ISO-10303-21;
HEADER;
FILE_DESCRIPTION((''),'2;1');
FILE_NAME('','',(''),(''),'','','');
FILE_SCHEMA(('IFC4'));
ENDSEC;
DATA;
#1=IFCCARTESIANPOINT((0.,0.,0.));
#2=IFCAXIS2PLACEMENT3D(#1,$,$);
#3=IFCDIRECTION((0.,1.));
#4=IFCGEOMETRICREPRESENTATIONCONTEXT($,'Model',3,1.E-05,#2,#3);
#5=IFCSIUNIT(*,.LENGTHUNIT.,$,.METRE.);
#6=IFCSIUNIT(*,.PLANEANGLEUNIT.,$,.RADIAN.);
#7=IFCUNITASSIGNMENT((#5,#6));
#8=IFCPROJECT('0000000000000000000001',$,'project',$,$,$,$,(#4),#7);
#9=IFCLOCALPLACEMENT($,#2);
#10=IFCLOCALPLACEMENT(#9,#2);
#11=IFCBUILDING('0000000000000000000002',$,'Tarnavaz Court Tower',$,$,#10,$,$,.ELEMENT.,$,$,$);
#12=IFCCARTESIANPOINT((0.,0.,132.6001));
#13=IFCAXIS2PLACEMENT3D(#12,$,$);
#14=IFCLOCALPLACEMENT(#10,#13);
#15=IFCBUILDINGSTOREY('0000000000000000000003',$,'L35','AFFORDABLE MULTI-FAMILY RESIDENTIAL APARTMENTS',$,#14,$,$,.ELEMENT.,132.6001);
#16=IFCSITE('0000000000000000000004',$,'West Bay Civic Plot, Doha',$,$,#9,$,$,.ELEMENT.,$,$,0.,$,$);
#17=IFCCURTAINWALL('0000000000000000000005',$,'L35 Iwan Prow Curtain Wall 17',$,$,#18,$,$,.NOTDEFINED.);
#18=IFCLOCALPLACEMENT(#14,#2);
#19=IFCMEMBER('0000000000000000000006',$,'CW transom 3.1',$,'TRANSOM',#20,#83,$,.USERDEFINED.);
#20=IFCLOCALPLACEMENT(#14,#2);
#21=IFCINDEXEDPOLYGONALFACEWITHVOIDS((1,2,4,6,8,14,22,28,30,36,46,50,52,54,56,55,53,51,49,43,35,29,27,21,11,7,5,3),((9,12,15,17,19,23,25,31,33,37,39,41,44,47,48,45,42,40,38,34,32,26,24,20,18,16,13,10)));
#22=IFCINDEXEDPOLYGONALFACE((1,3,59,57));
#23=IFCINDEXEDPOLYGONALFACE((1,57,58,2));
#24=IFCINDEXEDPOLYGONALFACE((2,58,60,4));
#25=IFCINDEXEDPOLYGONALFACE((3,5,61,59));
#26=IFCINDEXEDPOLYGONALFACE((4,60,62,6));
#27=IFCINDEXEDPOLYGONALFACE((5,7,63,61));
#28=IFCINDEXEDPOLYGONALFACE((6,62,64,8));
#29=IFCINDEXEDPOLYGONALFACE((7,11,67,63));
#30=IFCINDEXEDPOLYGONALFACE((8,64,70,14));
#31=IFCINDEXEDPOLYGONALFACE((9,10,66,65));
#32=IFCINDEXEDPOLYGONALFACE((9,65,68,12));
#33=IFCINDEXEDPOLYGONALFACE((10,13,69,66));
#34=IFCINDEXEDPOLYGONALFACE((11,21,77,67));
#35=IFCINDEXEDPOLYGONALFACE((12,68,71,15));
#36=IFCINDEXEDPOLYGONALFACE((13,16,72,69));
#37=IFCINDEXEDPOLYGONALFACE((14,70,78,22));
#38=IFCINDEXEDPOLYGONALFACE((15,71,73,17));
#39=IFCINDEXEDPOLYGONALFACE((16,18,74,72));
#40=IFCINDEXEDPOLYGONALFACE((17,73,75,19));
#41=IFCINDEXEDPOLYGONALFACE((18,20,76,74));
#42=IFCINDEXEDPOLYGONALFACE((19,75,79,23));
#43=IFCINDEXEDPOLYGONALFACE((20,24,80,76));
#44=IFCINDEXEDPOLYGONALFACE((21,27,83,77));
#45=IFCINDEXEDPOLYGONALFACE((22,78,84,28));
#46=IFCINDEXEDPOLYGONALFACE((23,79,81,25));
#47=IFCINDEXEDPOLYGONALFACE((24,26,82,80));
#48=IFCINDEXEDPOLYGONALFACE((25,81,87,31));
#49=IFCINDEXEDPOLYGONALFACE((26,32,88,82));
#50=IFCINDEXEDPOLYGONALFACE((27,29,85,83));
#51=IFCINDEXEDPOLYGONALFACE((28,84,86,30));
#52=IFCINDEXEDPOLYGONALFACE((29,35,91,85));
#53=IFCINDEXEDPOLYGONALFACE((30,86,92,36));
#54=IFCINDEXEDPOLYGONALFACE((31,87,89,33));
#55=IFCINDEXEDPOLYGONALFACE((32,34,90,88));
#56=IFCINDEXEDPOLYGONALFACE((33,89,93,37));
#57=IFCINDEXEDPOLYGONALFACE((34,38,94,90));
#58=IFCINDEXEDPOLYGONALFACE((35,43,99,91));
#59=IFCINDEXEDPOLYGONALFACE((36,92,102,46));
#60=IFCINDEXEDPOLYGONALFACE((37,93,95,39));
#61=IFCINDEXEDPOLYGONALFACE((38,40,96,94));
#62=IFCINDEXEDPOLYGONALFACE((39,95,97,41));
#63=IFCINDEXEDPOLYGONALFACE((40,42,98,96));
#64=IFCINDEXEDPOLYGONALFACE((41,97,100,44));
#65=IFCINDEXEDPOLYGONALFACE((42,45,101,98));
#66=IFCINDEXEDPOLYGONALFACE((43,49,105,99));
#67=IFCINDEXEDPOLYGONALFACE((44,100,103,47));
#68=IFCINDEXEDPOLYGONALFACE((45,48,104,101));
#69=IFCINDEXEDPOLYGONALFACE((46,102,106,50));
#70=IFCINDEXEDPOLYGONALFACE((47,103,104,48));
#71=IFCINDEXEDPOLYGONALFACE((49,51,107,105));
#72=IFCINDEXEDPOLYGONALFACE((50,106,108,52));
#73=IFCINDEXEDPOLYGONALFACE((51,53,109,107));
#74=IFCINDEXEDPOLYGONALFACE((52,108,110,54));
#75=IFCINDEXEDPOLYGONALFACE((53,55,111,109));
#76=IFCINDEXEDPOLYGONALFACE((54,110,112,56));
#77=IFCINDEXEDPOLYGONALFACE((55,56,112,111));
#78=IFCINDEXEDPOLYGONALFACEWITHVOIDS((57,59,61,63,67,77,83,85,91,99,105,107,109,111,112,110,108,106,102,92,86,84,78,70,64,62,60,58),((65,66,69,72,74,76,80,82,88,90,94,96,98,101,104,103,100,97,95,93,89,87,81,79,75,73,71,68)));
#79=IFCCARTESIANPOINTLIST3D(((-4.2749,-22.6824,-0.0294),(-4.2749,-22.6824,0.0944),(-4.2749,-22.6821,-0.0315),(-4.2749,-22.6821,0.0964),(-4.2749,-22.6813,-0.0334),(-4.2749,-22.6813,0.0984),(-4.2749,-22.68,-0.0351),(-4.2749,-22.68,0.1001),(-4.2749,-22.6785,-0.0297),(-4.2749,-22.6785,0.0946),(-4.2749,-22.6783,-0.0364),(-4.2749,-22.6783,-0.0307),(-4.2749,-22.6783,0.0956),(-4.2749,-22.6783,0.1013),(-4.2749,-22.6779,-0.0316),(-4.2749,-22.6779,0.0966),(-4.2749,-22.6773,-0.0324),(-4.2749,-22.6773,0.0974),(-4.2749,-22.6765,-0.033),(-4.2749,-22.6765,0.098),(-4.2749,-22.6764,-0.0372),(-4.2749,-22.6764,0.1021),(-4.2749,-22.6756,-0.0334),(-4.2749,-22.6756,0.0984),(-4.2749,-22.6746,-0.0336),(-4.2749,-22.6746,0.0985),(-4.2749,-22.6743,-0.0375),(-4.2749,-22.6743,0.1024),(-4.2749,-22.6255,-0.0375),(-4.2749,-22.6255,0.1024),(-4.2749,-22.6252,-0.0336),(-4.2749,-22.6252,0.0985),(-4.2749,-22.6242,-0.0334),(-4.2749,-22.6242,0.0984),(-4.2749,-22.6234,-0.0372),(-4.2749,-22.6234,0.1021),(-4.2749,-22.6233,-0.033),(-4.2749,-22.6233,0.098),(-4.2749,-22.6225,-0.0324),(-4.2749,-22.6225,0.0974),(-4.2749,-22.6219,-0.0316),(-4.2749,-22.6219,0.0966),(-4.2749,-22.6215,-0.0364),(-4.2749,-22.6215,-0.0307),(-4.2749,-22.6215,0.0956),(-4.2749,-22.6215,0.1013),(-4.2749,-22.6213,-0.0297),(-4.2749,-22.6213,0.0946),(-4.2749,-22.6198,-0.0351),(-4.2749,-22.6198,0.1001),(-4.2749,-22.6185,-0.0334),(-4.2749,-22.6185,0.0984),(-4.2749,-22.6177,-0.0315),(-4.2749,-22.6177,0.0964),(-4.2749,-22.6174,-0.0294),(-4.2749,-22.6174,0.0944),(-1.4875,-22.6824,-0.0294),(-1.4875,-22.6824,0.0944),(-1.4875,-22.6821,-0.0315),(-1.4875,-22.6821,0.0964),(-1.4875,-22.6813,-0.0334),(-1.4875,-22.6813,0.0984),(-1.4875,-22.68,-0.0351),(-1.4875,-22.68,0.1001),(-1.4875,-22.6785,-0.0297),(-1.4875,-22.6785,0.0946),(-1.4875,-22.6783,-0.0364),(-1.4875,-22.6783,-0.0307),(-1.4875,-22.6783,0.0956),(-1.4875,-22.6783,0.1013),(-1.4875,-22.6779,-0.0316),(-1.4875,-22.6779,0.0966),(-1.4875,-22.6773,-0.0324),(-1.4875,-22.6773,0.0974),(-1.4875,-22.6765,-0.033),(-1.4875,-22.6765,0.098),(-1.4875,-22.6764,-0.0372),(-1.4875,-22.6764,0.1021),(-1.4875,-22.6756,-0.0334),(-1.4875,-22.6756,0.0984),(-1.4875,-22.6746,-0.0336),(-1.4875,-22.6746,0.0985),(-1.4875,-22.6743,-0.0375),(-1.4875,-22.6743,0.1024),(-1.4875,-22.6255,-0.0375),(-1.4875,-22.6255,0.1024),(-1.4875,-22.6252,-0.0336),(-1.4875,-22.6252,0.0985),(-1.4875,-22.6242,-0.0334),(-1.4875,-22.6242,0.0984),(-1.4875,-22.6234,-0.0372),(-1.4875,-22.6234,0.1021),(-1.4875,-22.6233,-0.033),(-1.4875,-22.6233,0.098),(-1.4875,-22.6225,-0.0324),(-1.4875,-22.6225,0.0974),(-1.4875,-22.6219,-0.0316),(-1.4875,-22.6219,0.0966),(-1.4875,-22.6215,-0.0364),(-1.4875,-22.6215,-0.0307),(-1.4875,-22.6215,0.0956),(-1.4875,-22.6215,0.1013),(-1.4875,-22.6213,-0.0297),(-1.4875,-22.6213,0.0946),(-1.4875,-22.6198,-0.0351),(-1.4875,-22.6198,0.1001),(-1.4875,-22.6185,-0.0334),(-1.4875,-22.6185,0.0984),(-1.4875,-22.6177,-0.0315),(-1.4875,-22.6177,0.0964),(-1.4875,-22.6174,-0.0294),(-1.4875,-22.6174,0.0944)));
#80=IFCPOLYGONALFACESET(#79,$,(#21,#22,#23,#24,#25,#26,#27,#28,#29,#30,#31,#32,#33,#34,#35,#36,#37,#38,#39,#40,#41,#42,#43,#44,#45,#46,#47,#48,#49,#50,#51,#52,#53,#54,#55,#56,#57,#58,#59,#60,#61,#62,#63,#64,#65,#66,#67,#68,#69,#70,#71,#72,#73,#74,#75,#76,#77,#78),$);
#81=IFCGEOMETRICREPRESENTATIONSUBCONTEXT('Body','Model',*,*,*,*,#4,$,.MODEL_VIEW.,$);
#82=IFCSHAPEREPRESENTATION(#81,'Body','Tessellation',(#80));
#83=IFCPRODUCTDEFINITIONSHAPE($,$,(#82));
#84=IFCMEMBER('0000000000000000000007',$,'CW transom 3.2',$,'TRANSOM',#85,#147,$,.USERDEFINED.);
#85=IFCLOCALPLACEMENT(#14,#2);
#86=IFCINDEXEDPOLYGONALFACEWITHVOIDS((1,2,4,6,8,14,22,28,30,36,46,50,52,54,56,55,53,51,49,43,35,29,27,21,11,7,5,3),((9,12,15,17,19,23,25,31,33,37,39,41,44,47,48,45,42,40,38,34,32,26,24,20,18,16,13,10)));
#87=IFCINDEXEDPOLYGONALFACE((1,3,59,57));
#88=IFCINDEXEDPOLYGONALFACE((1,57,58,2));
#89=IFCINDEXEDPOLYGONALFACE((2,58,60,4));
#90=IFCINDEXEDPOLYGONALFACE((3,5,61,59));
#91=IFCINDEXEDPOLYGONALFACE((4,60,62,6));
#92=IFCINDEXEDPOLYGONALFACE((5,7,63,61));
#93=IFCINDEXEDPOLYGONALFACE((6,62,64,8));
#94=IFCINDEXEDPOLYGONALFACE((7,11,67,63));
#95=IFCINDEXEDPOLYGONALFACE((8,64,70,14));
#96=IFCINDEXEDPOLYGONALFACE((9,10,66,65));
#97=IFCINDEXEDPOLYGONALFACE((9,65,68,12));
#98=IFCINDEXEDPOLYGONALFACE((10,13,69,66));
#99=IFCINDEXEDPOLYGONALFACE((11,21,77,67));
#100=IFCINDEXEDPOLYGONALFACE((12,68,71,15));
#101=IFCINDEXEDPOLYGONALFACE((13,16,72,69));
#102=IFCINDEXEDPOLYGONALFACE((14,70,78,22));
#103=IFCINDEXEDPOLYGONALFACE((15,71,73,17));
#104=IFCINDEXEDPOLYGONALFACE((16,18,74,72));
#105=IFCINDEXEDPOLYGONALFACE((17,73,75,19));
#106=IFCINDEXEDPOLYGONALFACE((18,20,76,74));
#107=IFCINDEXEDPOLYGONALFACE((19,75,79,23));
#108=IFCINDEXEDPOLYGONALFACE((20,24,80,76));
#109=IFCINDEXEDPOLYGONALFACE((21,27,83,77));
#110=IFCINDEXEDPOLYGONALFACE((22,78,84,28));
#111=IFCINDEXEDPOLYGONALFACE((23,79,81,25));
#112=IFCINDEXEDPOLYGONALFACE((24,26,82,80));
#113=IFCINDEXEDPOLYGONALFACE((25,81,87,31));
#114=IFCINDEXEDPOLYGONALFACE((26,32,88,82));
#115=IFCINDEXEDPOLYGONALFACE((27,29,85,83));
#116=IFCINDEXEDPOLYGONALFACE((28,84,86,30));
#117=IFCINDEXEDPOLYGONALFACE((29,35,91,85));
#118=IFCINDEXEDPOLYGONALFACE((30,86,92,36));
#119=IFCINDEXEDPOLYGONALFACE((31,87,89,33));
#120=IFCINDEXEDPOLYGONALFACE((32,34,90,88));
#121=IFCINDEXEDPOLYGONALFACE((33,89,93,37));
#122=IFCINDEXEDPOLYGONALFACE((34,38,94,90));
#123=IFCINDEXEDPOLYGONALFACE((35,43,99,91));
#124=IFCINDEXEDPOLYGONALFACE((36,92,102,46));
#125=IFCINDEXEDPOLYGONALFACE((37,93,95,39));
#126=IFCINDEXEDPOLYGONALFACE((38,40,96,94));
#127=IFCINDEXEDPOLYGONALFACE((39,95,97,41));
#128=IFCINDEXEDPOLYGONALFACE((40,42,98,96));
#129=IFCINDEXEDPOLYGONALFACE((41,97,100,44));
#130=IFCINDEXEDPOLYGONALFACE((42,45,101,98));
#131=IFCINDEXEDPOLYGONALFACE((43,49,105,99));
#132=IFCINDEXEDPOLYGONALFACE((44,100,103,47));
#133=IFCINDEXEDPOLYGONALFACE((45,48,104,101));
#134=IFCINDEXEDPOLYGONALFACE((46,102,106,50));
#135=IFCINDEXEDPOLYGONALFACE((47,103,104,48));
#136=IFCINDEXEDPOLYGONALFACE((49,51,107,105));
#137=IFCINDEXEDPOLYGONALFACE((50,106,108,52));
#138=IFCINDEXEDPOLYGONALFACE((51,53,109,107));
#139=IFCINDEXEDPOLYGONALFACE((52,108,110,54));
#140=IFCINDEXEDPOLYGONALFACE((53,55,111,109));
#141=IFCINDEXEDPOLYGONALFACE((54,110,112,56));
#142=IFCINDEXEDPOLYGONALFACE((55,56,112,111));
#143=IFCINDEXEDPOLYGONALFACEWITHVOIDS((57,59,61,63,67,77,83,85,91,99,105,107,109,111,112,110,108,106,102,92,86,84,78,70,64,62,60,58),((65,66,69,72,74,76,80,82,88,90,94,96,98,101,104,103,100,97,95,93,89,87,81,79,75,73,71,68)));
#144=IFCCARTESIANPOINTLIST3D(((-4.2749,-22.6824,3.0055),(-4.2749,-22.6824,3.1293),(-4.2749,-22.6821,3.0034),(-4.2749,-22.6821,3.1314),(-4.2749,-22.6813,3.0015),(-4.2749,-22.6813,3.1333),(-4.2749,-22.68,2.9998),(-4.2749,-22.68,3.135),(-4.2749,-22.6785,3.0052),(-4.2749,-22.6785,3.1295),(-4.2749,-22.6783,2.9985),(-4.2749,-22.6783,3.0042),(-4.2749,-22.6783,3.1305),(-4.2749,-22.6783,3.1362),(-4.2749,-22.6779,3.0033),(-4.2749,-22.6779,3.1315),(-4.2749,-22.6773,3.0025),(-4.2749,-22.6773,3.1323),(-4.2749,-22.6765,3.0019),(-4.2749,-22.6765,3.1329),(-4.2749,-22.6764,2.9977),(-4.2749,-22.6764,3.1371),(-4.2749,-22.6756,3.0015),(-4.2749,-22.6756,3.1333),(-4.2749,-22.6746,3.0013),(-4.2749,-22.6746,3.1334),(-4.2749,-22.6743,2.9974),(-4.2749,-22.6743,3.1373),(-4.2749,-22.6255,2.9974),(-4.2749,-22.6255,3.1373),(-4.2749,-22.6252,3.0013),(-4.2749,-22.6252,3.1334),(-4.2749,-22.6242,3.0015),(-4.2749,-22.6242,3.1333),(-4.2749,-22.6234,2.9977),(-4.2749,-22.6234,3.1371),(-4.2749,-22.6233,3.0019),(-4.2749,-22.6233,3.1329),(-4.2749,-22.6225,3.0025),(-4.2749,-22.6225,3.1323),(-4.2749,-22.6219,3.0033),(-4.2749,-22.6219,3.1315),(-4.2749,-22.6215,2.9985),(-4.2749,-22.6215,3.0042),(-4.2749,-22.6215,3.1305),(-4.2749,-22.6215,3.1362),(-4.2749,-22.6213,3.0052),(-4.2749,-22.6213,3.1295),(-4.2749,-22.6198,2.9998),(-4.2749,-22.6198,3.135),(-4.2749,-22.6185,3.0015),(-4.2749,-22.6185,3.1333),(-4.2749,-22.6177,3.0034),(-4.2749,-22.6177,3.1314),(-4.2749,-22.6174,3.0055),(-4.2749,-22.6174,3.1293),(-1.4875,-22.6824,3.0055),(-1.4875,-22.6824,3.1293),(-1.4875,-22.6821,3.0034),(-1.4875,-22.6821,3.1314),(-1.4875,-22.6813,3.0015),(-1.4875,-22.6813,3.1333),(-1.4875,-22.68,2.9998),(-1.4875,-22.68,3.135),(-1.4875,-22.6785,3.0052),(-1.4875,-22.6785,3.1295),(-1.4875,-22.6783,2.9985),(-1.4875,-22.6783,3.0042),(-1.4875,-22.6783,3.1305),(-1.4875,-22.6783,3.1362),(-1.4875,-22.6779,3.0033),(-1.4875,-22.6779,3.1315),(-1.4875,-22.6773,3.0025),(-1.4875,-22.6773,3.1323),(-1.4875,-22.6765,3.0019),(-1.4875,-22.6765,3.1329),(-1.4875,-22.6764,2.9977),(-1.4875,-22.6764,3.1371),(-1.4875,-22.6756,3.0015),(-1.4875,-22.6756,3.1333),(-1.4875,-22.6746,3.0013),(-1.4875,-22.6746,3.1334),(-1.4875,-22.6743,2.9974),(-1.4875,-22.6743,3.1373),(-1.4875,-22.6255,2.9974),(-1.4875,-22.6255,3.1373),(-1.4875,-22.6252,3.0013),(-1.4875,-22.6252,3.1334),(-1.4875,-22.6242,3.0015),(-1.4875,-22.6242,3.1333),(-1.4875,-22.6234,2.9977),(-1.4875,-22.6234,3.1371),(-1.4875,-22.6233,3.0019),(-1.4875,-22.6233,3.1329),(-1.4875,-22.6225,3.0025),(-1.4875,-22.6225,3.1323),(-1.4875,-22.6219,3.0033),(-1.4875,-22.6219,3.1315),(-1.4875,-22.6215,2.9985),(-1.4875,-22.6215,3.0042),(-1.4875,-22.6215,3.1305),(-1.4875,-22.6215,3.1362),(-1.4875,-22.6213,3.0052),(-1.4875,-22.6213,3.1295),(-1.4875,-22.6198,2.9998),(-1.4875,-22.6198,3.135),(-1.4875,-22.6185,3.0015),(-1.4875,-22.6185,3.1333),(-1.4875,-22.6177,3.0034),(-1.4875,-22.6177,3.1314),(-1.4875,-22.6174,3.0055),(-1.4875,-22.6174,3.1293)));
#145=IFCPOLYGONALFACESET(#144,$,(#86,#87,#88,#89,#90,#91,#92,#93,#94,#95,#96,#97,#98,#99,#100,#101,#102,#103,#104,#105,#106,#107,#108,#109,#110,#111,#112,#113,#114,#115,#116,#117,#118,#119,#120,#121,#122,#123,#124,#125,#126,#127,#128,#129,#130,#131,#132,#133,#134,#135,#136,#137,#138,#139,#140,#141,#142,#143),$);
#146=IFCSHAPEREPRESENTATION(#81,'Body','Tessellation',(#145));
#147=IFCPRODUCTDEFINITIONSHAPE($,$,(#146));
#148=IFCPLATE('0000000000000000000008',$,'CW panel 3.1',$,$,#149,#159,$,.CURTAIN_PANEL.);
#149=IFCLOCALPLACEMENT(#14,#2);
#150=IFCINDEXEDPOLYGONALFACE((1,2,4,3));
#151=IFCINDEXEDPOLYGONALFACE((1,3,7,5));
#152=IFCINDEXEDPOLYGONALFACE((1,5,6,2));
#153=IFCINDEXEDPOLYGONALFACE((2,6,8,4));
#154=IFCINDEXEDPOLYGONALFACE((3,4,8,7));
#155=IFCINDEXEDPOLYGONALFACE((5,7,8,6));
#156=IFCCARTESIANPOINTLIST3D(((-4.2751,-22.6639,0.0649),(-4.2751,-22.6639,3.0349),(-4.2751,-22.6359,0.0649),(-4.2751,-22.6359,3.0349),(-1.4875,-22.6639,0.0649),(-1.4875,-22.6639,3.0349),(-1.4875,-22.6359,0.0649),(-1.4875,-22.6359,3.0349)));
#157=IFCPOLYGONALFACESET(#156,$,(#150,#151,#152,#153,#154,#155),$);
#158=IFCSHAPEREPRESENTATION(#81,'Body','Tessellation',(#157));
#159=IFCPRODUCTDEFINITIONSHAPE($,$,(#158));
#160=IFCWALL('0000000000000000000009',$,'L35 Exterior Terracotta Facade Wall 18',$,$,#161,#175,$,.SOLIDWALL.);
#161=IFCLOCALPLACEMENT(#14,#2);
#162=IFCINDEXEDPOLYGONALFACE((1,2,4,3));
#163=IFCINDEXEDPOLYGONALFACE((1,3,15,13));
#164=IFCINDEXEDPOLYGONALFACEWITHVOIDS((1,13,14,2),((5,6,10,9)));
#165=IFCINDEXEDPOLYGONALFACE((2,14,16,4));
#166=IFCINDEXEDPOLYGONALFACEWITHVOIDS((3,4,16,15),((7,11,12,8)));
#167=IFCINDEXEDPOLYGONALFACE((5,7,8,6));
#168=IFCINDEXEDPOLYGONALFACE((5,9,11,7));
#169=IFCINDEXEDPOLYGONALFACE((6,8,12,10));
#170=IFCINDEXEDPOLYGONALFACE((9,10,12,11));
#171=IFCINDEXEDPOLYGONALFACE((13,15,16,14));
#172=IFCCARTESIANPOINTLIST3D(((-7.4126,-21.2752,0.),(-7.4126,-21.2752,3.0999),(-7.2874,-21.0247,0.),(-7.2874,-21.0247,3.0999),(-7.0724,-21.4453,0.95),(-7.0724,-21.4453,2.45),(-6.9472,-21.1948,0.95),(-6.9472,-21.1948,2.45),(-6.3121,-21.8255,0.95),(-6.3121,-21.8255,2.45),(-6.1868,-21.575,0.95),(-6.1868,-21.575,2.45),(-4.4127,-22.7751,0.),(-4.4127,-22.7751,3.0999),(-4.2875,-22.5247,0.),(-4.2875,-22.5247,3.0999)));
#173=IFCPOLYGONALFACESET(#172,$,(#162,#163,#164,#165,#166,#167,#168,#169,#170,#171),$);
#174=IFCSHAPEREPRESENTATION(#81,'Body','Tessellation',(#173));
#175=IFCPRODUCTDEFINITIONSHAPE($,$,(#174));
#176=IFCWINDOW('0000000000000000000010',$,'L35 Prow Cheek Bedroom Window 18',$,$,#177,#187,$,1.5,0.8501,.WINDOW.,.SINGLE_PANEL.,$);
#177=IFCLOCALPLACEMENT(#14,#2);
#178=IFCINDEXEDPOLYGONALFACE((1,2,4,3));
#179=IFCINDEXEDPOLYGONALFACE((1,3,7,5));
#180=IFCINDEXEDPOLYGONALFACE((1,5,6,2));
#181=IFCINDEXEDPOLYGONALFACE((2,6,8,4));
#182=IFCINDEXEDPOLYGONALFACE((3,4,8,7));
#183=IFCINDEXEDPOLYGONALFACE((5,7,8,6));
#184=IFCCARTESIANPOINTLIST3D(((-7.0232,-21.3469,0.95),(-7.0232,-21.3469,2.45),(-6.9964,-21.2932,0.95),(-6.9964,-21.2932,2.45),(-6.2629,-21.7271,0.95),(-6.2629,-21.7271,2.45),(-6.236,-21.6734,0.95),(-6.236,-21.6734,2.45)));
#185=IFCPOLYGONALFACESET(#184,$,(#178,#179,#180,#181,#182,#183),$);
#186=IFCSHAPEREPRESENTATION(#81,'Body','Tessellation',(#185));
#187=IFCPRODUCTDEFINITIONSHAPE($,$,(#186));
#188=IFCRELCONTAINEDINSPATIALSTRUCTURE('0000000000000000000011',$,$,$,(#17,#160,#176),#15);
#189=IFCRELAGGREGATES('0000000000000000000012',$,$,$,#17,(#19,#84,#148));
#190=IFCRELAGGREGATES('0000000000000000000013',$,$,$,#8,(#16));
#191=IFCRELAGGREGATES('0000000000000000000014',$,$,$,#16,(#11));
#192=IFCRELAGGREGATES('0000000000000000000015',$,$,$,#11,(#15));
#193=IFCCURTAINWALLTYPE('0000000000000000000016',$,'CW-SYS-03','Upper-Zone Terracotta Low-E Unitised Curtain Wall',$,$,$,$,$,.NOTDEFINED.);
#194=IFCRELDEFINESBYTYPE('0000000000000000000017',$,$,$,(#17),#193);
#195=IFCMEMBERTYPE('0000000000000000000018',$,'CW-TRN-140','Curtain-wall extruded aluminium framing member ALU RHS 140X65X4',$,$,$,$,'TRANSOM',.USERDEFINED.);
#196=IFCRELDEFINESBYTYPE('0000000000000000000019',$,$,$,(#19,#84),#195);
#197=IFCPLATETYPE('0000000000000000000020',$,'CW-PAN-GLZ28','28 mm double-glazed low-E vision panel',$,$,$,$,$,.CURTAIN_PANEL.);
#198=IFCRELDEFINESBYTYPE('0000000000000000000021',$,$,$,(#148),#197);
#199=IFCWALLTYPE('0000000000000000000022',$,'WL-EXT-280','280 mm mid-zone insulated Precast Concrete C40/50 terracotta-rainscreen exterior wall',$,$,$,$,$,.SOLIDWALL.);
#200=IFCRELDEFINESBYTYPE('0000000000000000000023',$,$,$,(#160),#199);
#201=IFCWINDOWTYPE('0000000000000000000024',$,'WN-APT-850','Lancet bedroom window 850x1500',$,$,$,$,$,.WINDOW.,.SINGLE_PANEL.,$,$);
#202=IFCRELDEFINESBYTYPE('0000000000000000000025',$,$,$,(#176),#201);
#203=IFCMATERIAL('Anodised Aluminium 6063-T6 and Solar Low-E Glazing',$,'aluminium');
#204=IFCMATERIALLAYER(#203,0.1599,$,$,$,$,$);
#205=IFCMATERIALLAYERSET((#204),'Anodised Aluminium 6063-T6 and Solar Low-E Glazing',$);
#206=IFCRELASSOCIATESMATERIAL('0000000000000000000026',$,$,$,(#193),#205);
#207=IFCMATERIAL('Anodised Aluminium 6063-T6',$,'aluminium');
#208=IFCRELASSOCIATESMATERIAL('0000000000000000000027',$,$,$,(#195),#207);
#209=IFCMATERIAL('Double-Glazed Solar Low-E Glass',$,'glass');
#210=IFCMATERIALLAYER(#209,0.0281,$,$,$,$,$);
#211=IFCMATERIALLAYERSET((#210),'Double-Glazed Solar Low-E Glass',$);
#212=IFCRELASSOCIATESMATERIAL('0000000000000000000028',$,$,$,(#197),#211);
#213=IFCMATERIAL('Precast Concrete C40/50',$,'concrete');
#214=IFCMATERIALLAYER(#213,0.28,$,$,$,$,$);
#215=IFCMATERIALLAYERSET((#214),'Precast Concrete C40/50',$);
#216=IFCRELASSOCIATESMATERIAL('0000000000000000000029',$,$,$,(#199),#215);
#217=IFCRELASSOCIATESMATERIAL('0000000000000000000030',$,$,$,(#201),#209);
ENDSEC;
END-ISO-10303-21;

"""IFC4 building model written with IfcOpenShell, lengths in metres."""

from ifc_helpers import new_model, si_unit, direction, frame, frame_2d, origin, origin_2d, place, context, subcontext, project, spatial, rectangle, hollow_rectangle, extrude, material, layer, layer_set, material_profile, profile_set, type_object, element, fill, aggregate, save


model = new_model("IFC4")

# Units and contexts
model_context = context("Model", 3, precision=1e-05, world=origin(), true_north=direction((0.0, 1.0)))
body_context = subcontext(model_context, "Body", "Model", "MODEL_VIEW")
ifc_project = project(units=[si_unit("LENGTHUNIT", "METRE"), si_unit("PLANEANGLEUNIT", "RADIAN")], contexts=[model_context])

# Site, building, storey
site_placement = place(None, origin())
site = spatial("IfcSite", under=ifc_project, at=site_placement, Name="West Bay Civic Plot, Doha", CompositionType="ELEMENT", RefElevation=0.0)
building_placement = place(site_placement, origin())
building = spatial("IfcBuilding", under=site, at=building_placement, Name="Tarnavaz Court Tower", CompositionType="ELEMENT")
storey_placement = place(building_placement, frame((0.0, 0.0, 132.6001)))
storey = spatial("IfcBuildingStorey", under=building, at=storey_placement, Name="L35", Description="AFFORDABLE MULTI-FAMILY RESIDENTIAL APARTMENTS", CompositionType="ELEMENT", Elevation=132.6001)

# Curtain wall, members, plate
ifc_material_1 = material(Name="Anodised Aluminium 6063-T6 and Solar Low-E Glazing", Category="aluminium")
ifc_layer_1 = layer(ifc_material_1, 0.1599)
ifc_layer_set_1 = layer_set([ifc_layer_1], Name="Anodised Aluminium 6063-T6 and Solar Low-E Glazing")
curtain_wall_type = type_object("IfcCurtainWallType", Name="CW-SYS-03", Description="Upper-Zone Terracotta Low-E Unitised Curtain Wall", PredefinedType="NOTDEFINED", material=ifc_layer_set_1)
curtain_wall_placement = place(storey_placement, origin())
curtain_wall = element("IfcCurtainWall", 1, at=curtain_wall_placement, inside=storey, type_object=curtain_wall_type, Name="L35 Iwan Prow Curtain Wall 17", PredefinedType="NOTDEFINED")
ifc_material_2 = material(Name="Anodised Aluminium 6063-T6", Category="aluminium")
ifc_material_profile_1 = material_profile(ifc_material_2, hollow_rectangle(XDim=0.0649, YDim=0.1399, WallThickness=0.0039, InnerFilletRadius=0.0039, OuterFilletRadius=0.0081, at=origin_2d()), Name="ALU RHS 140X65X4")
ifc_profile_set_1 = profile_set([ifc_material_profile_1], Name="Anodised Aluminium 6063-T6")
member_type_1 = type_object("IfcMemberType", Name="CW-TRN-140", Description="Curtain-wall extruded aluminium framing member ALU RHS 140X65X4", ElementType="TRANSOM", PredefinedType="USERDEFINED", material=ifc_profile_set_1)
member_1_placement = place(storey_placement, frame((-1.4875, -22.6499, 0.0325), z_axis=(-1.0, 0.0, 0.0), x_axis=(0.0, -1.0, 0.0)))
member_1 = element("IfcMember", 2, at=member_1_placement, type_object=member_type_1, Name="CW transom 3.1", ObjectType="TRANSOM", PredefinedType="USERDEFINED", context=body_context, shape_type="SweptSolid", body=[
    extrude(hollow_rectangle(XDim=0.0649, YDim=0.1399, WallThickness=0.0039, InnerFilletRadius=0.0039, OuterFilletRadius=0.0081, at=origin_2d()), origin(), (0.0, 0.0, 1.0), 2.7874),
])
member_2_placement = place(storey_placement, frame((-1.4875, -22.6499, 3.0674), z_axis=(-1.0, 0.0, 0.0), x_axis=(0.0, -1.0, 0.0)))
member_2 = element("IfcMember", 3, at=member_2_placement, type_object=member_type_1, Name="CW transom 3.2", ObjectType="TRANSOM", PredefinedType="USERDEFINED", context=body_context, shape_type="SweptSolid", body=[
    extrude(hollow_rectangle(XDim=0.0649, YDim=0.1399, WallThickness=0.0039, InnerFilletRadius=0.0039, OuterFilletRadius=0.0081, at=origin_2d()), origin(), (0.0, 0.0, 1.0), 2.7874),
])
ifc_material_3 = material(Name="Double-Glazed Solar Low-E Glass", Category="glass")
ifc_layer_2 = layer(ifc_material_3, 0.0281)
ifc_layer_set_2 = layer_set([ifc_layer_2], Name="Double-Glazed Solar Low-E Glass")
plate_type = type_object("IfcPlateType", Name="CW-PAN-GLZ28", Description="28 mm double-glazed low-E vision panel", PredefinedType="CURTAIN_PANEL", material=ifc_layer_set_2)
plate_placement = place(storey_placement, frame((-2.8813, -22.6499, 0.0649), z_axis=(0.0, 0.0, 1.0), x_axis=(-1.0, 0.0, 0.0)))
plate = element("IfcPlate", 4, at=plate_placement, type_object=plate_type, Name="CW panel 3.1", PredefinedType="CURTAIN_PANEL", context=body_context, shape_type="SweptSolid", body=[
    extrude(rectangle(XDim=2.7876, YDim=0.0281, at=origin_2d()), origin(), (0.0, 0.0, 1.0), 2.97),
])
aggregate(curtain_wall, [member_1, member_2, plate])

# Wall, opening, window
ifc_material_4 = material(Name="Precast Concrete C40/50", Category="concrete")
ifc_layer_3 = layer(ifc_material_4, 0.28)
ifc_layer_set_3 = layer_set([ifc_layer_3], Name="Precast Concrete C40/50")
wall_type_1 = type_object("IfcWallType", Name="WL-EXT-280", Description="280 mm mid-zone insulated Precast Concrete C40/50 terracotta-rainscreen exterior wall", PredefinedType="SOLIDWALL", material=ifc_layer_set_3)
wall_1_placement = place(storey_placement, frame((-4.3501, -22.6499, 0.0), z_axis=(0.0, 0.0, 1.0), x_axis=(-0.894427, 0.447214, 0.0)))
wall_1 = element("IfcWall", 5, at=wall_1_placement, inside=storey, type_object=wall_type_1, Name="L35 Exterior Terracotta Facade Wall 18", PredefinedType="SOLIDWALL", context=body_context, shape_type="SweptSolid", body=[
    extrude(rectangle(XDim=3.354, YDim=0.28, at=frame_2d((1.677, 0.0))), origin(), (0.0, 0.0, 1.0), 3.0999),
])
opening_1_placement = place(wall_1_placement, frame((2.1235, 0.0, 0.95)))
opening_1 = element("IfcOpeningElement", 6, at=opening_1_placement, cuts=wall_1, PredefinedType="OPENING", context=body_context, shape_type="SweptSolid", body=[
    extrude(rectangle(XDim=0.8501, YDim=1.5, at=frame_2d((0.425, 0.75))), frame((0.0, 0.1499, 0.0), z_axis=(0.0, -1.0, 0.0), x_axis=(1.0, 0.0, 0.0)), (0.0, 0.0, 1.0), 0.3),
])
window_type_1 = type_object("IfcWindowType", Name="WN-APT-850", Description="Lancet bedroom window 850x1500", PartitioningType="SINGLE_PANEL", PredefinedType="WINDOW", material=ifc_material_3)
window_1_placement = place(opening_1_placement, origin())
window_1 = element("IfcWindow", 7, at=window_1_placement, inside=storey, type_object=window_type_1, Name="L35 Prow Cheek Bedroom Window 18", OverallHeight=1.5, OverallWidth=0.8501, PartitioningType="SINGLE_PANEL", PredefinedType="WINDOW", context=body_context, shape_type="SweptSolid", body=[
    extrude(rectangle(XDim=0.8501, YDim=1.5, at=frame_2d((0.425, 0.75))), frame((0.0, 0.03, 0.0), z_axis=(0.0, -1.0, 0.0), x_axis=(1.0, 0.0, 0.0)), (0.0, 0.0, 1.0), 0.0601),
])
fill(opening_1, window_1)

save(model, "model.ifc")
